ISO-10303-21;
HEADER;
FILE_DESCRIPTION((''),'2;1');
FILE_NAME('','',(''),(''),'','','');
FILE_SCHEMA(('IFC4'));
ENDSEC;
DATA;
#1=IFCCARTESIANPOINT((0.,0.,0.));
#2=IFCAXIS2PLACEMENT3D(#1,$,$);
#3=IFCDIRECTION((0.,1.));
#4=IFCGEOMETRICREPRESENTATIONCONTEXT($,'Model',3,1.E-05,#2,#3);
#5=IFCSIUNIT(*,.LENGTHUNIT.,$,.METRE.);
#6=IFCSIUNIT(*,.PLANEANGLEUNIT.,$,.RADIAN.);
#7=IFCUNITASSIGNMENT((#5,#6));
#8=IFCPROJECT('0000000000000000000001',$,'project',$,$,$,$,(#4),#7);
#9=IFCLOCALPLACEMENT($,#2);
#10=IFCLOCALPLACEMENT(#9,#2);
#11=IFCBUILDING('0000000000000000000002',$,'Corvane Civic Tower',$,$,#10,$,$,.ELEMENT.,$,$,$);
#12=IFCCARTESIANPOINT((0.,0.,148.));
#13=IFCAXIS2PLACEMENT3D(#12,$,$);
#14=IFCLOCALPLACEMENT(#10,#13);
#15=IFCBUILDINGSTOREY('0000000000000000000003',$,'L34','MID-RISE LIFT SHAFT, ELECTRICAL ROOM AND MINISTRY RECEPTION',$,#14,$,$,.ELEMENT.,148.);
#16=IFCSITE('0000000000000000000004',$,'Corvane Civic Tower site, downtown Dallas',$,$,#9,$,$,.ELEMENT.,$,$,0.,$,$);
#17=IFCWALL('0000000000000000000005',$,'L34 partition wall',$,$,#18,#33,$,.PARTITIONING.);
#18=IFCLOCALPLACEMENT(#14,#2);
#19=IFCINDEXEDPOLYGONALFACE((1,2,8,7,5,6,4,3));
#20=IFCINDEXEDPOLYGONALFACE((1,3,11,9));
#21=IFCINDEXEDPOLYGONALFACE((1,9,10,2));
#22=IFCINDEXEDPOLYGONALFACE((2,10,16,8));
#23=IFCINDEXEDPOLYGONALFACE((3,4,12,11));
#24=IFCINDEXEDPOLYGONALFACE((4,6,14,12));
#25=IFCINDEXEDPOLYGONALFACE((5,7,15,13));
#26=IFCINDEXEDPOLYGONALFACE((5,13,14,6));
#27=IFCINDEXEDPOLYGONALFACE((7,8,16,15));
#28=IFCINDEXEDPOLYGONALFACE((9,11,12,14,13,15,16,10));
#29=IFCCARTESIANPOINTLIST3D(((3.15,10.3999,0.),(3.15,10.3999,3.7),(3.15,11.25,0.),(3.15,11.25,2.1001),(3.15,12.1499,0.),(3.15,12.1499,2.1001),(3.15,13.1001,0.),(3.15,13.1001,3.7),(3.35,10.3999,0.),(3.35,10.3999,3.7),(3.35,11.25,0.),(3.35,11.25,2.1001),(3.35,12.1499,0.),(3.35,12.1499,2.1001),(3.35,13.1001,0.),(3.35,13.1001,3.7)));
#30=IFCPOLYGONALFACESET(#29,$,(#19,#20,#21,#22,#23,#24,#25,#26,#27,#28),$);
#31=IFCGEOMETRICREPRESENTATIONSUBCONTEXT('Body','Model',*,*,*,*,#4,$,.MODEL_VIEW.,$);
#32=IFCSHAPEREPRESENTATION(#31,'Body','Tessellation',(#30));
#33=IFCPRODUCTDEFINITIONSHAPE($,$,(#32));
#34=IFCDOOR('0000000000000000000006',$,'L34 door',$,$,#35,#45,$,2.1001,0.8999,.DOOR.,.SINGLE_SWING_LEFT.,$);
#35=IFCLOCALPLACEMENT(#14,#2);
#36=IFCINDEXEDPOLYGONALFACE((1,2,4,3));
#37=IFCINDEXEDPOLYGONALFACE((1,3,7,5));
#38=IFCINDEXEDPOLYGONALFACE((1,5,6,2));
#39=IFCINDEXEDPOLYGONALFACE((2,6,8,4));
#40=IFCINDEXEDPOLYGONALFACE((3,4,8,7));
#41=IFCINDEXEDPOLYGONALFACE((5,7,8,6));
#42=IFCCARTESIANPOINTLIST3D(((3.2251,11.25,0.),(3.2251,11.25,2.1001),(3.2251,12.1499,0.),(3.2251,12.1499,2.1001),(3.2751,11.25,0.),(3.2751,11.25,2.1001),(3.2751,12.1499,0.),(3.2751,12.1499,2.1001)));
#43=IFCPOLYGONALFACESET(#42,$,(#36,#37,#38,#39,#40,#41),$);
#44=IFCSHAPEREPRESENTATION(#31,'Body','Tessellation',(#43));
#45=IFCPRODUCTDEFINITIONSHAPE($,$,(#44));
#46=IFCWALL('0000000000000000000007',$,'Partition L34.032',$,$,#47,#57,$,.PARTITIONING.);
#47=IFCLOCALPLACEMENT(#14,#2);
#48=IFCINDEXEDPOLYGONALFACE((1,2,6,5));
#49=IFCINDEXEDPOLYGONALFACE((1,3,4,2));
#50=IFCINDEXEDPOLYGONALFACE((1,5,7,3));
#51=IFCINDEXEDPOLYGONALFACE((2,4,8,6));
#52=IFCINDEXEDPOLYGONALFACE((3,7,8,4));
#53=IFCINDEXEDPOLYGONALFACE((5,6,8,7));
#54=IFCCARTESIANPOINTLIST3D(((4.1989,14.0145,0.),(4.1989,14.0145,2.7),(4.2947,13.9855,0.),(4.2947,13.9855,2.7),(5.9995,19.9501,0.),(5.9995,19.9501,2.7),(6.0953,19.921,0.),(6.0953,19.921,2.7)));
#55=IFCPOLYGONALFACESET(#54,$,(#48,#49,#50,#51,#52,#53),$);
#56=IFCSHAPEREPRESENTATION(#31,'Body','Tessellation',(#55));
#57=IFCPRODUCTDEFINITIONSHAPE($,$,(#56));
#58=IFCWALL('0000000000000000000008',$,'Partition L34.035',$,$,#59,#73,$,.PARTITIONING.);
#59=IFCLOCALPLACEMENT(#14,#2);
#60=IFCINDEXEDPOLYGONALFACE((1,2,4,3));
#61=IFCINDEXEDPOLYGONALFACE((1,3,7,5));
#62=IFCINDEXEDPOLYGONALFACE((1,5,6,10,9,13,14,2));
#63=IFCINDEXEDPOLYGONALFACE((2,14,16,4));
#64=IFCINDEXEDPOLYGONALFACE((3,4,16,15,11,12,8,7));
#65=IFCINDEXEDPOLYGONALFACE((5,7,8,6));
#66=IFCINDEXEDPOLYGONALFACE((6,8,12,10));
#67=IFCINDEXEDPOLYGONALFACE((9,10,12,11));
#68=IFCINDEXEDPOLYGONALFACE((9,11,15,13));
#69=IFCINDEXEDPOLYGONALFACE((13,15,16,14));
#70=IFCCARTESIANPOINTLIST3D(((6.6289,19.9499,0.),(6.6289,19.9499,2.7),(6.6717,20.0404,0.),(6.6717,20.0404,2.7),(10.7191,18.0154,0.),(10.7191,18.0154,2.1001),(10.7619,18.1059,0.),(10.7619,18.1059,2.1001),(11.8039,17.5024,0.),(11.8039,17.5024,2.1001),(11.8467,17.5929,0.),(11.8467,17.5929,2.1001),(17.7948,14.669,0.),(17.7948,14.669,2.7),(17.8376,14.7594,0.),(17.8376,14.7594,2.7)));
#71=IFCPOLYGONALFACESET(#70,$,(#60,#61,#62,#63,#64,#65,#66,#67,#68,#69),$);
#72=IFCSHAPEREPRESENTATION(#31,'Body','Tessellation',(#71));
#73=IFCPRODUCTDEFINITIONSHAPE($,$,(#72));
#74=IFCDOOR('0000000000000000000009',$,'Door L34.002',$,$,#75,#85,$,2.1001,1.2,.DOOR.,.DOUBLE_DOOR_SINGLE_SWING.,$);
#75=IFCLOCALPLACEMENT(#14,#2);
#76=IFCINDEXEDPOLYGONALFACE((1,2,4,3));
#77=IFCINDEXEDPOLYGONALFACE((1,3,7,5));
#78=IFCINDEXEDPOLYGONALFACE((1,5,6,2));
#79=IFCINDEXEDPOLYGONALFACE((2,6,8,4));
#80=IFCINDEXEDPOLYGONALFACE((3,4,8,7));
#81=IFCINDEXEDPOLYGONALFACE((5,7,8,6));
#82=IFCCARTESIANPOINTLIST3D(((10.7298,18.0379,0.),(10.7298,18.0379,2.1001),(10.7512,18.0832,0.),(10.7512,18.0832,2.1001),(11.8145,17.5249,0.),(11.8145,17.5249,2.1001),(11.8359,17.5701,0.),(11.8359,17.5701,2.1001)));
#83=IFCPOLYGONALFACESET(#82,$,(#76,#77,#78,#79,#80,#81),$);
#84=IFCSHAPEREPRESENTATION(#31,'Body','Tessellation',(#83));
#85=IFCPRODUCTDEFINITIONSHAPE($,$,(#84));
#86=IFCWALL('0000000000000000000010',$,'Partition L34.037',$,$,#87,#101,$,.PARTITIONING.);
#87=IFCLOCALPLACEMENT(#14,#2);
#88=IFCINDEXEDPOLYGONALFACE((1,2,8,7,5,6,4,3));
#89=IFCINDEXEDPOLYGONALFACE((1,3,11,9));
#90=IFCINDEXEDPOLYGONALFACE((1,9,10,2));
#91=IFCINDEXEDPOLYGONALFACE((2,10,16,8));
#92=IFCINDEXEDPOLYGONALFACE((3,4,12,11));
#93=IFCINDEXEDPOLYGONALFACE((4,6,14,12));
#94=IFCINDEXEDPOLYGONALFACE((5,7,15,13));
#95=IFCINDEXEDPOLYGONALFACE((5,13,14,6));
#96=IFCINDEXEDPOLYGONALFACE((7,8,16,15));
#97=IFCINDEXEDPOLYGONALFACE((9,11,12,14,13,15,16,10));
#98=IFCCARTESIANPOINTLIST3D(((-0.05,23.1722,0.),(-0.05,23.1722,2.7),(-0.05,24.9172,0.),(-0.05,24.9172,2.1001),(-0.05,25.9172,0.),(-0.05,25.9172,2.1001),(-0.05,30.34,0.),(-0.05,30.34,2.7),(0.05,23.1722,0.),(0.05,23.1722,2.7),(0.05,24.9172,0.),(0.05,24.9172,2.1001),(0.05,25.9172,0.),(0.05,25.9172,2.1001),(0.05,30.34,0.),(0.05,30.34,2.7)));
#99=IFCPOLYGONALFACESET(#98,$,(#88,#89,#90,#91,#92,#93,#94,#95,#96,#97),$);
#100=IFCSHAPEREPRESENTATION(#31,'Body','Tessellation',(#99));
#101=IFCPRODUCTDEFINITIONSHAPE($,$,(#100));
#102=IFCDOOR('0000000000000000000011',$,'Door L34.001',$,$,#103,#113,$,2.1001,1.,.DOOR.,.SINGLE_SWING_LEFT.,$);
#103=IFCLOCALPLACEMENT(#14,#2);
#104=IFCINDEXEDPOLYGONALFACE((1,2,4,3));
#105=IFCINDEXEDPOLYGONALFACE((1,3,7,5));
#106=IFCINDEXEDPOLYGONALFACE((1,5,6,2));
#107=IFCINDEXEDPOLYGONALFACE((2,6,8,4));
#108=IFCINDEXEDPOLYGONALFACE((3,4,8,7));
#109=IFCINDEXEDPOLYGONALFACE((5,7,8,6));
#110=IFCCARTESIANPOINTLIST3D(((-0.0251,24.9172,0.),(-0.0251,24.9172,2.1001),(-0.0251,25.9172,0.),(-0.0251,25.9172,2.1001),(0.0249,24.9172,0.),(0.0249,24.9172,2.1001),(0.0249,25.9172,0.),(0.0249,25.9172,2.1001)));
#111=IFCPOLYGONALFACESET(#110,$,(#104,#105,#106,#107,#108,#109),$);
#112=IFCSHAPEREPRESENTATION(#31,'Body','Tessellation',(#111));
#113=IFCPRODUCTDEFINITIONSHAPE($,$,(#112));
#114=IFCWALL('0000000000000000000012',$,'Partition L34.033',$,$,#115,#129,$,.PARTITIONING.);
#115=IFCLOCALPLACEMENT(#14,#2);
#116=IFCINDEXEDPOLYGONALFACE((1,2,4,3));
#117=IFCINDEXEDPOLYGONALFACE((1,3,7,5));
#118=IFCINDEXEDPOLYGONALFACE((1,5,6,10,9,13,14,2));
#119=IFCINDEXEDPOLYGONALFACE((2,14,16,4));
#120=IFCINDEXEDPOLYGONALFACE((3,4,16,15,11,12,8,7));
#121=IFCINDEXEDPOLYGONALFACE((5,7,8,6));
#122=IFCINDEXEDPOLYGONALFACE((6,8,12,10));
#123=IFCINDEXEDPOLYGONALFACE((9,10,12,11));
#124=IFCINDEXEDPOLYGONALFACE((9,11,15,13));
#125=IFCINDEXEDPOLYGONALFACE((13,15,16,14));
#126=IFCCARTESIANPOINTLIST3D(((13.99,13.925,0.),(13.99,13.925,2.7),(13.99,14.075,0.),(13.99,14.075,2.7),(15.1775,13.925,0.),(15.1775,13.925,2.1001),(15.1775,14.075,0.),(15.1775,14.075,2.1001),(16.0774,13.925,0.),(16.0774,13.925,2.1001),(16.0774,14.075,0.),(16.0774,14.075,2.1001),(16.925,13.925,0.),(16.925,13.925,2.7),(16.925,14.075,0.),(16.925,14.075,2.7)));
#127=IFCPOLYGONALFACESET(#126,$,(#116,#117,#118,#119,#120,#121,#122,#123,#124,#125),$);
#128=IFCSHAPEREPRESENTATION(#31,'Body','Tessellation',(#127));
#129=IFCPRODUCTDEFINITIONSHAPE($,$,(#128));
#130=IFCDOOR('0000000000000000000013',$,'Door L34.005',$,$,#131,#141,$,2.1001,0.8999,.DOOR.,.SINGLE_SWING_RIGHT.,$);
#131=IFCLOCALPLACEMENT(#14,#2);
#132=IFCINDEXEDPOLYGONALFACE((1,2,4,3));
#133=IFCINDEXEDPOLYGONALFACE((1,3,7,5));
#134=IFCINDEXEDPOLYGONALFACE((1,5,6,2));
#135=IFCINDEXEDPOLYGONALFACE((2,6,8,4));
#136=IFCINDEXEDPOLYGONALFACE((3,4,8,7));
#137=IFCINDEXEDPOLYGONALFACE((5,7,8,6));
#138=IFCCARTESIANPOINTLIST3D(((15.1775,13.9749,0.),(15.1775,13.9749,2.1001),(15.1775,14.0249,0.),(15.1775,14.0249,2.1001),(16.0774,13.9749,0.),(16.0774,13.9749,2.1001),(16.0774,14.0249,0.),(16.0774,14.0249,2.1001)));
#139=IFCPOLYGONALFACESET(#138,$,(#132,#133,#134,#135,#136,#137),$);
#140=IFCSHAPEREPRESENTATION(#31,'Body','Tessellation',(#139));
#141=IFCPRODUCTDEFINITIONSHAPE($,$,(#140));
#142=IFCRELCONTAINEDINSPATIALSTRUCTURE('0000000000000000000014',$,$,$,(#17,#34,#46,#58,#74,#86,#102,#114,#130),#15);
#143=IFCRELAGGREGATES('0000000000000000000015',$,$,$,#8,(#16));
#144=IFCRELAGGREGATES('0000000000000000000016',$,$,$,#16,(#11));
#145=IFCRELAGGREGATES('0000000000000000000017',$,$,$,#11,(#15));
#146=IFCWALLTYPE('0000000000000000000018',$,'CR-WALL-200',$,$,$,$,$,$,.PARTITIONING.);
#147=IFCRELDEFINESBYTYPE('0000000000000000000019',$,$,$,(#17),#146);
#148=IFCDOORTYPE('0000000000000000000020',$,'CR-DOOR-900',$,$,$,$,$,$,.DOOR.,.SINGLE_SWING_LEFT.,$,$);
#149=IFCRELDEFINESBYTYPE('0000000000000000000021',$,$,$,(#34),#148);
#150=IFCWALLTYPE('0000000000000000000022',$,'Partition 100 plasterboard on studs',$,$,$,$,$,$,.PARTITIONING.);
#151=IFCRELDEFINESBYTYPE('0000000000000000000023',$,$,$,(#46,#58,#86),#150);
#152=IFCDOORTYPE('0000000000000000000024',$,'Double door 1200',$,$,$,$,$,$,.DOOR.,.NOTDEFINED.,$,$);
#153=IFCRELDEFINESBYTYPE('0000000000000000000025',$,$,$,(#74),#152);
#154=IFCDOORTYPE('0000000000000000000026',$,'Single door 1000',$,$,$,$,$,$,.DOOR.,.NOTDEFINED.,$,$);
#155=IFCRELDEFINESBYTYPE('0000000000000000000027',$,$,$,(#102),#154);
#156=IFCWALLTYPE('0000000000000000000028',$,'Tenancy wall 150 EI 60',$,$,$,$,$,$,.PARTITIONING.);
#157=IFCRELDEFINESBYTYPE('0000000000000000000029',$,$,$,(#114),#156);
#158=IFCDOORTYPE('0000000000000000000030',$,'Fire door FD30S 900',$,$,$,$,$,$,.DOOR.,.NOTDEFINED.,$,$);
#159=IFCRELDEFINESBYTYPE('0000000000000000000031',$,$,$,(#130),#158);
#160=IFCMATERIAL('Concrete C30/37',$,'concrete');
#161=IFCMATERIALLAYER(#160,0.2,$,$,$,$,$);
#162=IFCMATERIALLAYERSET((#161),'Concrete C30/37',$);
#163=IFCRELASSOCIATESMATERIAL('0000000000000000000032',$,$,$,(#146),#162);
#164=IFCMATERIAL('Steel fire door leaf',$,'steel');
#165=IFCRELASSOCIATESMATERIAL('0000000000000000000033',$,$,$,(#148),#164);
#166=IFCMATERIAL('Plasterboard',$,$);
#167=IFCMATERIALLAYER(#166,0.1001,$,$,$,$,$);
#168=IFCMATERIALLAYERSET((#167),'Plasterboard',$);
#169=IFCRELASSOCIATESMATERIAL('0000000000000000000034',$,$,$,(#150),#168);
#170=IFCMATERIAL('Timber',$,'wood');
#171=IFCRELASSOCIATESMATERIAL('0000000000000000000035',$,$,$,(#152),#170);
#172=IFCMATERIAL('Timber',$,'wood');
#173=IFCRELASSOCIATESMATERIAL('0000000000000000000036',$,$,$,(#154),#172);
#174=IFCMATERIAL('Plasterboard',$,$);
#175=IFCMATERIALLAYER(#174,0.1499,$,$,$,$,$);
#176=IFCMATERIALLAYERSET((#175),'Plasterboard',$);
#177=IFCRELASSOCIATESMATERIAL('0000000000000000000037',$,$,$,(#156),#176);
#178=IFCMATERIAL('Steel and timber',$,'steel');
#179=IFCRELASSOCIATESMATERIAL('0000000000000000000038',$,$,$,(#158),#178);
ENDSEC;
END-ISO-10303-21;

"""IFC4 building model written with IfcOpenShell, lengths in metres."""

from ifc_helpers import new_model, si_unit, direction, frame, frame_2d, origin, place, context, subcontext, project, spatial, rectangle, extrude, material, layer, layer_set, type_object, element, fill, save


model = new_model("IFC4")

# Units and contexts
model_context = context("Model", 3, precision=1e-05, world=origin(), true_north=direction((0.0, 1.0)))
body_context = subcontext(model_context, "Body", "Model", "MODEL_VIEW")
ifc_project = project(units=[si_unit("LENGTHUNIT", "METRE"), si_unit("PLANEANGLEUNIT", "RADIAN")], contexts=[model_context])

# Site, building, storey
site_placement = place(None, origin())
site = spatial("IfcSite", under=ifc_project, at=site_placement, Name="Corvane Civic Tower site, downtown Dallas", CompositionType="ELEMENT", RefElevation=0.0)
building_placement = place(site_placement, origin())
building = spatial("IfcBuilding", under=site, at=building_placement, Name="Corvane Civic Tower", CompositionType="ELEMENT")
storey_placement = place(building_placement, frame((0.0, 0.0, 148.0)))
storey = spatial("IfcBuildingStorey", under=building, at=storey_placement, Name="L34", Description="MID-RISE LIFT SHAFT, ELECTRICAL ROOM AND MINISTRY RECEPTION", CompositionType="ELEMENT", Elevation=148.0)

# Wall, opening, door
ifc_material_1 = material(Name="Concrete C30/37", Category="concrete")
ifc_layer_1 = layer(ifc_material_1, 0.2)
ifc_layer_set_1 = layer_set([ifc_layer_1], Name="Concrete C30/37")
wall_type_1 = type_object("IfcWallType", Name="CR-WALL-200", PredefinedType="PARTITIONING", material=ifc_layer_set_1)
wall_1_placement = place(storey_placement, frame((3.25, 10.3999, 0.0), z_axis=(0.0, 0.0, 1.0), x_axis=(0.0, 1.0, 0.0)))
wall_1 = element("IfcWall", 1, at=wall_1_placement, inside=storey, type_object=wall_type_1, Name="L34 partition wall", PredefinedType="PARTITIONING", context=body_context, shape_type="SweptSolid", body=[
    extrude(rectangle(XDim=2.7002, YDim=0.2, at=frame_2d((1.3501, 0.0))), origin(), (0.0, 0.0, 1.0), 3.7),
])
opening_1_placement = place(wall_1_placement, frame((0.8501, 0.0, 0.0)))
opening_1 = element("IfcOpeningElement", 2, at=opening_1_placement, cuts=wall_1, PredefinedType="OPENING", context=body_context, shape_type="SweptSolid", body=[
    extrude(rectangle(XDim=0.8999, YDim=2.1001, at=frame_2d((0.45, 1.05))), frame((0.0, 0.1099, 0.0), z_axis=(0.0, -1.0, 0.0), x_axis=(1.0, 0.0, 0.0)), (0.0, 0.0, 1.0), 0.22),
])
ifc_material_2 = material(Name="Steel fire door leaf", Category="steel")
door_type_1 = type_object("IfcDoorType", Name="CR-DOOR-900", OperationType="SINGLE_SWING_LEFT", PredefinedType="DOOR", material=ifc_material_2)
door_1_placement = place(opening_1_placement, origin())
door_1 = element("IfcDoor", 3, at=door_1_placement, inside=storey, type_object=door_type_1, Name="L34 door", OperationType="SINGLE_SWING_LEFT", OverallHeight=2.1001, OverallWidth=0.8999, PredefinedType="DOOR", context=body_context, shape_type="SweptSolid", body=[
    extrude(rectangle(XDim=0.8999, YDim=2.1001, at=frame_2d((0.45, 1.05))), frame((0.0, 0.0249, 0.0), z_axis=(0.0, -1.0, 0.0), x_axis=(1.0, 0.0, 0.0)), (0.0, 0.0, 1.0), 0.05),
])
fill(opening_1, door_1)

# Wall
ifc_material_3 = material(Name="Plasterboard")
ifc_layer_2 = layer(ifc_material_3, 0.1001)
ifc_layer_set_2 = layer_set([ifc_layer_2], Name="Plasterboard")
wall_type_2 = type_object("IfcWallType", Name="Partition 100 plasterboard on studs", PredefinedType="PARTITIONING", material=ifc_layer_set_2)
wall_2_placement = place(storey_placement, frame((4.2468, 14.0, 0.0), z_axis=(0.0, 0.0, 1.0), x_axis=(0.290286, 0.95694, 0.0)))
element("IfcWall", 4, at=wall_2_placement, inside=storey, type_object=wall_type_2, Name="Partition L34.032", PredefinedType="PARTITIONING", context=body_context, shape_type="SweptSolid", body=[
    extrude(rectangle(XDim=6.2026, YDim=0.1001, at=frame_2d((3.1013, 0.0))), origin(), (0.0, 0.0, 1.0), 2.7),
])

# Walls, openings, doors
wall_3_placement = place(storey_placement, frame((6.6504, 19.9951, 0.0), z_axis=(0.0, 0.0, 1.0), x_axis=(0.903993, -0.427547, 0.0)))
wall_3 = element("IfcWall", 5, at=wall_3_placement, inside=storey, type_object=wall_type_2, Name="Partition L34.035", PredefinedType="PARTITIONING", context=body_context, shape_type="SweptSolid", body=[
    extrude(rectangle(XDim=12.3518, YDim=0.1001, at=frame_2d((6.1758, 0.0))), origin(), (0.0, 0.0, 1.0), 2.7),
])
opening_2_placement = place(wall_3_placement, frame((4.5244, 0.0, 0.0)))
opening_2 = element("IfcOpeningElement", 6, at=opening_2_placement, cuts=wall_3, PredefinedType="OPENING", context=body_context, shape_type="SweptSolid", body=[
    extrude(rectangle(XDim=1.2, YDim=2.1001, at=frame_2d((0.6001, 1.05))), frame((0.0, 0.0601, 0.0), z_axis=(0.0, -1.0, 0.0), x_axis=(1.0, 0.0, 0.0)), (0.0, 0.0, 1.0), 0.1201),
])
ifc_material_4 = material(Name="Timber", Category="wood")
door_type_2 = type_object("IfcDoorType", Name="Double door 1200", OperationType="NOTDEFINED", PredefinedType="DOOR", material=ifc_material_4)
door_2_placement = place(opening_2_placement, origin())
door_2 = element("IfcDoor", 7, at=door_2_placement, inside=storey, type_object=door_type_2, Name="Door L34.002", OperationType="DOUBLE_DOOR_SINGLE_SWING", OverallHeight=2.1001, OverallWidth=1.2, PredefinedType="DOOR", context=body_context, shape_type="SweptSolid", body=[
    extrude(rectangle(XDim=1.2, YDim=2.1001, at=frame_2d((0.6001, 1.05))), frame((0.0, 0.0249, 0.0), z_axis=(0.0, -1.0, 0.0), x_axis=(1.0, 0.0, 0.0)), (0.0, 0.0, 1.0), 0.05),
])
fill(opening_2, door_2)
wall_4_placement = place(storey_placement, frame((0.0, 23.1721, 0.0), z_axis=(0.0, 0.0, 1.0), x_axis=(0.0, 1.0, 0.0)))
wall_4 = element("IfcWall", 8, at=wall_4_placement, inside=storey, type_object=wall_type_2, Name="Partition L34.037", PredefinedType="PARTITIONING", context=body_context, shape_type="SweptSolid", body=[
    extrude(rectangle(XDim=7.1677, YDim=0.1001, at=frame_2d((3.584, 0.0))), origin(), (0.0, 0.0, 1.0), 2.7),
])
opening_3_placement = place(wall_4_placement, frame((1.7451, 0.0, 0.0)))
opening_3 = element("IfcOpeningElement", 9, at=opening_3_placement, cuts=wall_4, PredefinedType="OPENING", context=body_context, shape_type="SweptSolid", body=[
    extrude(rectangle(XDim=1.0, YDim=2.1001, at=frame_2d((0.5, 1.05))), frame((0.0, 0.0601, 0.0), z_axis=(0.0, -1.0, 0.0), x_axis=(1.0, 0.0, 0.0)), (0.0, 0.0, 1.0), 0.1201),
])
ifc_material_5 = material(Name="Timber", Category="wood")
door_type_3 = type_object("IfcDoorType", Name="Single door 1000", OperationType="NOTDEFINED", PredefinedType="DOOR", material=ifc_material_5)
door_3_placement = place(opening_3_placement, frame((1.0, 0.0, 0.0), z_axis=(0.0, 0.0, 1.0), x_axis=(-1.0, 0.0, 0.0)))
door_3 = element("IfcDoor", 10, at=door_3_placement, inside=storey, type_object=door_type_3, Name="Door L34.001", OperationType="SINGLE_SWING_LEFT", OverallHeight=2.1001, OverallWidth=1.0, PredefinedType="DOOR", context=body_context, shape_type="SweptSolid", body=[
    extrude(rectangle(XDim=1.0, YDim=2.1001, at=frame_2d((0.5, 1.05))), frame((0.0, 0.0249, 0.0), z_axis=(0.0, -1.0, 0.0), x_axis=(1.0, 0.0, 0.0)), (0.0, 0.0, 1.0), 0.05),
])
fill(opening_3, door_3)
ifc_material_6 = material(Name="Plasterboard")
ifc_layer_3 = layer(ifc_material_6, 0.1499)
ifc_layer_set_3 = layer_set([ifc_layer_3], Name="Plasterboard")
wall_type_3 = type_object("IfcWallType", Name="Tenancy wall 150 EI 60", PredefinedType="PARTITIONING", material=ifc_layer_set_3)
wall_5_placement = place(storey_placement, frame((13.99, 14.0, 0.0), z_axis=(0.0, 0.0, 1.0), x_axis=(1.0, 0.0, 0.0)))
wall_5 = element("IfcWall", 11, at=wall_5_placement, inside=storey, type_object=wall_type_3, Name="Partition L34.033", PredefinedType="PARTITIONING", context=body_context, shape_type="SweptSolid", body=[
    extrude(rectangle(XDim=2.9351, YDim=0.1499, at=frame_2d((1.4675, 0.0))), origin(), (0.0, 0.0, 1.0), 2.7),
])
opening_4_placement = place(wall_5_placement, frame((1.1875, 0.0, 0.0)))
opening_4 = element("IfcOpeningElement", 12, at=opening_4_placement, cuts=wall_5, PredefinedType="OPENING", context=body_context, shape_type="SweptSolid", body=[
    extrude(rectangle(XDim=0.8999, YDim=2.1001, at=frame_2d((0.45, 1.05))), frame((0.0, 0.085, 0.0), z_axis=(0.0, -1.0, 0.0), x_axis=(1.0, 0.0, 0.0)), (0.0, 0.0, 1.0), 0.1699),
])
ifc_material_7 = material(Name="Steel and timber", Category="steel")
door_type_4 = type_object("IfcDoorType", Name="Fire door FD30S 900", OperationType="NOTDEFINED", PredefinedType="DOOR", material=ifc_material_7)
door_4_placement = place(opening_4_placement, origin())
door_4 = element("IfcDoor", 13, at=door_4_placement, inside=storey, type_object=door_type_4, Name="Door L34.005", OperationType="SINGLE_SWING_RIGHT", OverallHeight=2.1001, OverallWidth=0.8999, PredefinedType="DOOR", context=body_context, shape_type="SweptSolid", body=[
    extrude(rectangle(XDim=0.8999, YDim=2.1001, at=frame_2d((0.45, 1.05))), frame((0.0, 0.0249, 0.0), z_axis=(0.0, -1.0, 0.0), x_axis=(1.0, 0.0, 0.0)), (0.0, 0.0, 1.0), 0.05),
])
fill(opening_4, door_4)

save(model, "model.ifc")
